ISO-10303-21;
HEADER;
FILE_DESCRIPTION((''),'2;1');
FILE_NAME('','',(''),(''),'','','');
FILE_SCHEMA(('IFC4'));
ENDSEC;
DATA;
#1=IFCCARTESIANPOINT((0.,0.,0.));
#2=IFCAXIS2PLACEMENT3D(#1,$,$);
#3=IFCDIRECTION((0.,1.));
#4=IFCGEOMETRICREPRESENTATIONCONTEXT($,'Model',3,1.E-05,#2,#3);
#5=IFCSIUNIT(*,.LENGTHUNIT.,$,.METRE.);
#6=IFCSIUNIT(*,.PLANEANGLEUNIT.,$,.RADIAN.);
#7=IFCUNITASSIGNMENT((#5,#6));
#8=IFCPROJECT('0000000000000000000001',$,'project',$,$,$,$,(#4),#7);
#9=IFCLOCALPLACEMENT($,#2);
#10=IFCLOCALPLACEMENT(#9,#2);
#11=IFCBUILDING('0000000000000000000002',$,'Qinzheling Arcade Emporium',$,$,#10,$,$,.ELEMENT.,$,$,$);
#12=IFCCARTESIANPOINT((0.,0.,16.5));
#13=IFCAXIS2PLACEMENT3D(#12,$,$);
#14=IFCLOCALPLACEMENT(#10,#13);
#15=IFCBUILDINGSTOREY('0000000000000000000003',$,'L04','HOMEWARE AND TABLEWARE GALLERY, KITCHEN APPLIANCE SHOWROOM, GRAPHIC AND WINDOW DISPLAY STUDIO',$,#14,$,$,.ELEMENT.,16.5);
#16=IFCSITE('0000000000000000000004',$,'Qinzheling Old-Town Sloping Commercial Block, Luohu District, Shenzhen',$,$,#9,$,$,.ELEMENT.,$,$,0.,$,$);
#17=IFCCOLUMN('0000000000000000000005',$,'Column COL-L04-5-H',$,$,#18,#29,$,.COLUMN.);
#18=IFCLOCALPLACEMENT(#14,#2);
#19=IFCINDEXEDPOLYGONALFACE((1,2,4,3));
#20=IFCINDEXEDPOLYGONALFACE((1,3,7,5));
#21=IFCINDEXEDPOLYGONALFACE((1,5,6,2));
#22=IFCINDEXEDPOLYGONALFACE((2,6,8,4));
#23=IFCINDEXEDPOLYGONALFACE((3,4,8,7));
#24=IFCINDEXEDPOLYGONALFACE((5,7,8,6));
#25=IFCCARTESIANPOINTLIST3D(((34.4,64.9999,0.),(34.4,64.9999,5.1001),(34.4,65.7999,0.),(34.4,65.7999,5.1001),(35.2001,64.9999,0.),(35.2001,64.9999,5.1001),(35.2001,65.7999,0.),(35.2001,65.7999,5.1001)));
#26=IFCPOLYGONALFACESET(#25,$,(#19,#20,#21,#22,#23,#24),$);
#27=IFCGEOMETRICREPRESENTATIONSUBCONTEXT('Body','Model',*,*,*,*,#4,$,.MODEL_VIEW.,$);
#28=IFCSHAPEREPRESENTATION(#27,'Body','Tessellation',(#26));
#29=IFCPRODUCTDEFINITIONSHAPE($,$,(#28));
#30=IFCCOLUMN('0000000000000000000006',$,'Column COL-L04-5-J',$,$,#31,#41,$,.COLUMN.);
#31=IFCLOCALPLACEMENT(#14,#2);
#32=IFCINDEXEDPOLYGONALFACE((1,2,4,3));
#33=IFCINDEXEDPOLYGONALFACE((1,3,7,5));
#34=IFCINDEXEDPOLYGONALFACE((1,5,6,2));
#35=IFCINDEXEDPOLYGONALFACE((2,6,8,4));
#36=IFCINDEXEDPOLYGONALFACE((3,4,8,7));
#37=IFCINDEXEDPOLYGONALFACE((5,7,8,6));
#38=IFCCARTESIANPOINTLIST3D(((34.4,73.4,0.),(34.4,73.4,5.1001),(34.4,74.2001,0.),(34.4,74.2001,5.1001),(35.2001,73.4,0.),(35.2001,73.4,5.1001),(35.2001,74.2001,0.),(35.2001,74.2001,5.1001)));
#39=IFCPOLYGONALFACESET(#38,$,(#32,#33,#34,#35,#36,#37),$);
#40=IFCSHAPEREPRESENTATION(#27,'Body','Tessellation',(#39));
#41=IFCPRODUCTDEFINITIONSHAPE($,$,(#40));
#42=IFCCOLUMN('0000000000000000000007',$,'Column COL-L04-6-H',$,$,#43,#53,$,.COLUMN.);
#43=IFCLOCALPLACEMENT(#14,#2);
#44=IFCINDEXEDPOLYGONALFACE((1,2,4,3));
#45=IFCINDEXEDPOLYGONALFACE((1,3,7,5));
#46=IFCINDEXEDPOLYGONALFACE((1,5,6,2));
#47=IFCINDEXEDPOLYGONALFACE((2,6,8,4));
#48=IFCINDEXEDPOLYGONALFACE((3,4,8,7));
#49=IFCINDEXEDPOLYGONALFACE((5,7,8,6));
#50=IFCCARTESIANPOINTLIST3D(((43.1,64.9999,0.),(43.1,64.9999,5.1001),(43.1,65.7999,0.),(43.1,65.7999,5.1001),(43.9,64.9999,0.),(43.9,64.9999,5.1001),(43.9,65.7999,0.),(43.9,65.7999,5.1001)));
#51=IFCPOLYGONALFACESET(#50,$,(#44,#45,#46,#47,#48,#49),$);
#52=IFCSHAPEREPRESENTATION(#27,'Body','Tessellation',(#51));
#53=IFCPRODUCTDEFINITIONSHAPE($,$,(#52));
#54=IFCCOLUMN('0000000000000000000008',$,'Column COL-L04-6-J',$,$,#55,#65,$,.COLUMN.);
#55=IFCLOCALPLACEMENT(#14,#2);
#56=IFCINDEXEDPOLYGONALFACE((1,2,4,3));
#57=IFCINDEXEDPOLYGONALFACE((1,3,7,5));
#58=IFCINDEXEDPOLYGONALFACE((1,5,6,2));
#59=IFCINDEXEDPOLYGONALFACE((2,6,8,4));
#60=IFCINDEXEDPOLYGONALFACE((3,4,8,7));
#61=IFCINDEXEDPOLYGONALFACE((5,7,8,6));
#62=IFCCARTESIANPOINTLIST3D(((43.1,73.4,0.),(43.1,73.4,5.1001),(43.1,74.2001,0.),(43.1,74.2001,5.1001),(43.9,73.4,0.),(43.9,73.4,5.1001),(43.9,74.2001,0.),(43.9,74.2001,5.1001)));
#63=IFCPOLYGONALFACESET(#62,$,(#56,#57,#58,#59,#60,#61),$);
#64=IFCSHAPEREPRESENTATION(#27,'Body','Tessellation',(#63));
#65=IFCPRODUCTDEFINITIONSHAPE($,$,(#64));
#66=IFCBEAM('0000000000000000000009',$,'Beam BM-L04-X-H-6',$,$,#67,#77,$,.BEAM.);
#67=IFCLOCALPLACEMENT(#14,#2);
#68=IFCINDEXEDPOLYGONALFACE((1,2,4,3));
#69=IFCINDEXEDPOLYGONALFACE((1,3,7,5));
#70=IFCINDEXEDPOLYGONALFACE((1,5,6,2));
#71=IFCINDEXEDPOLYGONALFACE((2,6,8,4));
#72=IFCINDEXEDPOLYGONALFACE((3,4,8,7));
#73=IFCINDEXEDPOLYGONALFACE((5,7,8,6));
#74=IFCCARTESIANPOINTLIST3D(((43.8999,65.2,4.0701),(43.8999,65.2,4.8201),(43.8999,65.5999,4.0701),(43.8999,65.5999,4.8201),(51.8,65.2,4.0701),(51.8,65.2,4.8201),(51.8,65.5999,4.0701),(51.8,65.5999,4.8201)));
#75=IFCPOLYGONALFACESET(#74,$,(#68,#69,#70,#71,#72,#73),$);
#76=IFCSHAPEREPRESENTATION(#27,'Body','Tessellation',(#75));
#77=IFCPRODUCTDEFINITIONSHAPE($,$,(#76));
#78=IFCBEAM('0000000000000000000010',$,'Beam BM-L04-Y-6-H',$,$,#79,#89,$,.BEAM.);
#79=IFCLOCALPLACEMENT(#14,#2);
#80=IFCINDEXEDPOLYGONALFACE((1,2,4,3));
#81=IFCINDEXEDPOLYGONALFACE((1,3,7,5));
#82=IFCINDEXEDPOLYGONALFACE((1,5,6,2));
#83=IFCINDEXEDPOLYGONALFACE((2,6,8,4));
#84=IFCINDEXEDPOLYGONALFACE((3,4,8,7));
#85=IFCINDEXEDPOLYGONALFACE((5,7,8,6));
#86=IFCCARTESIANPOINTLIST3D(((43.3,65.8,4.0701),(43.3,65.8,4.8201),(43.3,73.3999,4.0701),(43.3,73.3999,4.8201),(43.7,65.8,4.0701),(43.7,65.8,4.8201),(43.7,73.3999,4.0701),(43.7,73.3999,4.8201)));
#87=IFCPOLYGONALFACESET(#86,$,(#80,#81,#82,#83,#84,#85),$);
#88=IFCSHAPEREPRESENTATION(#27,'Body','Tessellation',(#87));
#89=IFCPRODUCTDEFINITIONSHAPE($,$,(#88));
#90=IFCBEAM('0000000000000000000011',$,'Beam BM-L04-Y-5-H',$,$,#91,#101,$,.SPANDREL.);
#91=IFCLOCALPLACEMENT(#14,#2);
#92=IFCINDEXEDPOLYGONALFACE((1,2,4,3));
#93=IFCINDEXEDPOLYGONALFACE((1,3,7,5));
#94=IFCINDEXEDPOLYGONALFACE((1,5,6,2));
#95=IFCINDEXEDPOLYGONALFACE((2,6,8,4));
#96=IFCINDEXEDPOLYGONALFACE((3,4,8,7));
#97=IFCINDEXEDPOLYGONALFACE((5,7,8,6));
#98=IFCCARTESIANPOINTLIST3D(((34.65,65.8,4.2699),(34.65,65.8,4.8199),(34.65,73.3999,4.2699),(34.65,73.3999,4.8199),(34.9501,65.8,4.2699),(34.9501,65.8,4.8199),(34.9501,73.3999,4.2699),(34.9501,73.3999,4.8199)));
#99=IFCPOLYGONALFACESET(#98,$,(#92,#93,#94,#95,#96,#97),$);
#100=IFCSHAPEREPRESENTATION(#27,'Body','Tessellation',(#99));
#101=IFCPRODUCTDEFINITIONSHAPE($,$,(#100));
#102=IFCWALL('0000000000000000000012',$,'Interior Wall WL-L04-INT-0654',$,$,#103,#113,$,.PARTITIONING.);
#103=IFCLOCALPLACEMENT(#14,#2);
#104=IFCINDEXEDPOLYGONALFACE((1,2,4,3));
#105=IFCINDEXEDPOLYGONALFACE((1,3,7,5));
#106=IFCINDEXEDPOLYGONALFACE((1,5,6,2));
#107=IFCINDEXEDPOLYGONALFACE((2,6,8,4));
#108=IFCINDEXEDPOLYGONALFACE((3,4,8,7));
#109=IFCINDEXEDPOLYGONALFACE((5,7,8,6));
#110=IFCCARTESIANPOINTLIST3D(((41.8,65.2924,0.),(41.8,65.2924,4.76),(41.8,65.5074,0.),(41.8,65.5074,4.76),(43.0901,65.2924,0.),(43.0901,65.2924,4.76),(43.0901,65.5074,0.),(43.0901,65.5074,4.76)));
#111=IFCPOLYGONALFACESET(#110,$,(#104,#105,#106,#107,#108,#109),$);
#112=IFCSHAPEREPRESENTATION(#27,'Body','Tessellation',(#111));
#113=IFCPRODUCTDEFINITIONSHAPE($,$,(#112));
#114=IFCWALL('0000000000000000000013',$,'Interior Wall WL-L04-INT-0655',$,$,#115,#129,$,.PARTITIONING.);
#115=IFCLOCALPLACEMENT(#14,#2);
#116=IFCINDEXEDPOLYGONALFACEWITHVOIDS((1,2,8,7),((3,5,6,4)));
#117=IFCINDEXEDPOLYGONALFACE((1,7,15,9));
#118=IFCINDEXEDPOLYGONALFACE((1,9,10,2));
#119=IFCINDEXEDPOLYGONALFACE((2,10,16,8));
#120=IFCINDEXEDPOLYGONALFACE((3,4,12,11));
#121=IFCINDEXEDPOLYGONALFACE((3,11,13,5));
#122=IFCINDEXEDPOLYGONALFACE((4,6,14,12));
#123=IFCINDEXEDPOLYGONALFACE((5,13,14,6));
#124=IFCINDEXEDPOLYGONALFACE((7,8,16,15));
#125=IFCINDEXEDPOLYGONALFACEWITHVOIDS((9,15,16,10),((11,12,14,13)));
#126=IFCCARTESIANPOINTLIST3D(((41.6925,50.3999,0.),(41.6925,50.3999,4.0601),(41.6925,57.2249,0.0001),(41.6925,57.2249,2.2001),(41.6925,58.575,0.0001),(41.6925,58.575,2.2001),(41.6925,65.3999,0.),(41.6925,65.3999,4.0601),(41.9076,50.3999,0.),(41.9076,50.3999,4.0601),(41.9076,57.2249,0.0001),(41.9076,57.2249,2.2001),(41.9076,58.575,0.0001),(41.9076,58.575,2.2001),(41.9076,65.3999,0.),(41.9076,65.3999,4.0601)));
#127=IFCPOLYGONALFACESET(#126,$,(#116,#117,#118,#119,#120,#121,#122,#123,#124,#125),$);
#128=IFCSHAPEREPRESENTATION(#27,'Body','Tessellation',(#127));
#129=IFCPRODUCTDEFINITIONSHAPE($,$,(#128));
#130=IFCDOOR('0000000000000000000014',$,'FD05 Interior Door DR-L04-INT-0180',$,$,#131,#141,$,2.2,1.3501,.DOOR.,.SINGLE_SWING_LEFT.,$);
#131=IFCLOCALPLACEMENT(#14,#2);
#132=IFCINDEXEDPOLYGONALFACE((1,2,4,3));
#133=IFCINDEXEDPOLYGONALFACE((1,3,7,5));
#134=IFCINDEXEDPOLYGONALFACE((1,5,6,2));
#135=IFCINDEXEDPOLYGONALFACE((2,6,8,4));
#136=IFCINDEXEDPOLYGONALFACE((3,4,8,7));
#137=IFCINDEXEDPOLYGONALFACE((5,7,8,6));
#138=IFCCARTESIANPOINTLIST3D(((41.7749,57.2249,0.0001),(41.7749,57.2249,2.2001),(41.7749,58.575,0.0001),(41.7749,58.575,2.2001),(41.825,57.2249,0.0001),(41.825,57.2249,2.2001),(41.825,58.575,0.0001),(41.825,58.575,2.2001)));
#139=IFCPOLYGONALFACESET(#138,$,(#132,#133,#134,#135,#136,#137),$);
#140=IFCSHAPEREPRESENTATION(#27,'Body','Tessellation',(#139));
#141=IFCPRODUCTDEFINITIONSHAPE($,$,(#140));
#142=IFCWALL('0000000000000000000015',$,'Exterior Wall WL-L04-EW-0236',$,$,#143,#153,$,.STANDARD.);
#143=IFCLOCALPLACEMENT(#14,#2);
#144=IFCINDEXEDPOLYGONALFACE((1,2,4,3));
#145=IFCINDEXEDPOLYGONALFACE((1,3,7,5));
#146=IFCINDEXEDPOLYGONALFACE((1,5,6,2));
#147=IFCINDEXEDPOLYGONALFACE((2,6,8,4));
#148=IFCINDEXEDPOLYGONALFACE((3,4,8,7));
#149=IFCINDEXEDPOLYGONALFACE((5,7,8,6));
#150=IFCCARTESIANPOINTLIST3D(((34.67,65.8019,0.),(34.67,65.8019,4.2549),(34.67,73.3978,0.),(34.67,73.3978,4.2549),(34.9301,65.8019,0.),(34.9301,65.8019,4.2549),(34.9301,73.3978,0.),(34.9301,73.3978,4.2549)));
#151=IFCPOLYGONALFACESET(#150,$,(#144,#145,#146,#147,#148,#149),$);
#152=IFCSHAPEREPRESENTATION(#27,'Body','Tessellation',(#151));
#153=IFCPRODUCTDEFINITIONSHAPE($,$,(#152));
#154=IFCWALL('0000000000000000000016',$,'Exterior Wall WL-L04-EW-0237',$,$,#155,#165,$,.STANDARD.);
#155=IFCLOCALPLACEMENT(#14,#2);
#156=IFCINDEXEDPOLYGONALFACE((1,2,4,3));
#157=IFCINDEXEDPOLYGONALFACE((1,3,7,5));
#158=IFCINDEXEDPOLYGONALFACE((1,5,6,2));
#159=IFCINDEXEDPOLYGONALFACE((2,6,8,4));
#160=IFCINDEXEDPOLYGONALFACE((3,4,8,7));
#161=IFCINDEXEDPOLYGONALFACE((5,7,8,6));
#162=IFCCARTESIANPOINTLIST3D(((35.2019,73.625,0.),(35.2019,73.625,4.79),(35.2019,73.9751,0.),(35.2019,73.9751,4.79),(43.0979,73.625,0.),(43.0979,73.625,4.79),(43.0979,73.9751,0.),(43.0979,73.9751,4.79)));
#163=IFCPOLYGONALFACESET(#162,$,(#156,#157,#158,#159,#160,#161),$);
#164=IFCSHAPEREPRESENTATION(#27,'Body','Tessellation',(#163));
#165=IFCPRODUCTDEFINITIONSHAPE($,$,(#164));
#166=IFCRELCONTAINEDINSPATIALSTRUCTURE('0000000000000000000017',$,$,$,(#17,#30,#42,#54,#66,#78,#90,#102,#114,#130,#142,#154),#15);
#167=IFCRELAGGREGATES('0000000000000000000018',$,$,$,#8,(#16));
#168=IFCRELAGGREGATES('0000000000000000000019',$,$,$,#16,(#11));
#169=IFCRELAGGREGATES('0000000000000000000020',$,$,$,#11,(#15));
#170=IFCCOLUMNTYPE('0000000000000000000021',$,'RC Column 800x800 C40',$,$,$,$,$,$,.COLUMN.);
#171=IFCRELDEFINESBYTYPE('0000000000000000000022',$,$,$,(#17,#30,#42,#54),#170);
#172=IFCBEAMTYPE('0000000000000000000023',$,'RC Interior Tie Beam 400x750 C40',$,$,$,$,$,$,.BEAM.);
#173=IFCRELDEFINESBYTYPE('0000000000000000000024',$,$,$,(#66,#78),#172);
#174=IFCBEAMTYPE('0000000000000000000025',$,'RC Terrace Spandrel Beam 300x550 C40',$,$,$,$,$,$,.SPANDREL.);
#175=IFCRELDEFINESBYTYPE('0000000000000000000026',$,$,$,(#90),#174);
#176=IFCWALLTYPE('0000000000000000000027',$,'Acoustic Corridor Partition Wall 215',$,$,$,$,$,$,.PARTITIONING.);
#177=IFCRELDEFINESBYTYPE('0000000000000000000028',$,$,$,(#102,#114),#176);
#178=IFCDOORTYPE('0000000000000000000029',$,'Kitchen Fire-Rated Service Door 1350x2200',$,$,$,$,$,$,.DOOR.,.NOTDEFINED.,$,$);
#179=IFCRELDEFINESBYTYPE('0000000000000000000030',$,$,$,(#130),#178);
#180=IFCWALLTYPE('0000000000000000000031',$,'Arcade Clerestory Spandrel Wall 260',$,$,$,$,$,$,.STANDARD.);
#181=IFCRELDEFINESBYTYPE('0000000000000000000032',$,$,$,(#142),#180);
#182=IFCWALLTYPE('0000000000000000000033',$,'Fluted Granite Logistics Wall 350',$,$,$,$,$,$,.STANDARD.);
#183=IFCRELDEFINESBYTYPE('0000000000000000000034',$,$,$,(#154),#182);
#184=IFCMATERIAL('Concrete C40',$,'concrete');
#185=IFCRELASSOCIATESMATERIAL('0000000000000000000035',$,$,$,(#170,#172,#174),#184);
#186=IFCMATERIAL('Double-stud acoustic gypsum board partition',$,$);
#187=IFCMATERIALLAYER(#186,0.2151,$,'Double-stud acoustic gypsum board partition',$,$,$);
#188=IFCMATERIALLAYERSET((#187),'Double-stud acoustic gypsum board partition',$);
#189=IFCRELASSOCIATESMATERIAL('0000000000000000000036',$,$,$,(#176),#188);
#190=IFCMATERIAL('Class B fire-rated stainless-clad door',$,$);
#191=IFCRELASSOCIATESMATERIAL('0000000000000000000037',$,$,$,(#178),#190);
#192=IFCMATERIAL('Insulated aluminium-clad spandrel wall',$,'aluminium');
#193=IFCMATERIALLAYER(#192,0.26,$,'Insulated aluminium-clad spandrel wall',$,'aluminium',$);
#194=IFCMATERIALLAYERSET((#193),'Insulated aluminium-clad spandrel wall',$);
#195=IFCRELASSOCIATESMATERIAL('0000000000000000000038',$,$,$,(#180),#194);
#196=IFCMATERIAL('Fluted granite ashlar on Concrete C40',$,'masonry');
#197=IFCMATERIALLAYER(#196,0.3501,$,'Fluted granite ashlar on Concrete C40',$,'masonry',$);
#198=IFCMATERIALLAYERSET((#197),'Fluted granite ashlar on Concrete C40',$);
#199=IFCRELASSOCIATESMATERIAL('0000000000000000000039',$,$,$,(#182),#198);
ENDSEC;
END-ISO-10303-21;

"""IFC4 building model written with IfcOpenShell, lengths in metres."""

from ifc_helpers import new_model, si_unit, direction, frame, frame_2d, origin, origin_2d, place, context, subcontext, project, spatial, rectangle, extrude, material, layer, layer_set, material_profile, profile_set, type_object, element, fill, save


model = new_model("IFC4")

# Units and contexts
model_context = context("Model", 3, precision=1e-05, world=origin(), true_north=direction((0.0, 1.0)))
body_context = subcontext(model_context, "Body", "Model", "MODEL_VIEW")
ifc_project = project(units=[si_unit("LENGTHUNIT", "METRE"), si_unit("PLANEANGLEUNIT", "RADIAN")], contexts=[model_context])

# Site, building, storey
site_placement = place(None, origin())
site = spatial("IfcSite", under=ifc_project, at=site_placement, Name="Qinzheling Old-Town Sloping Commercial Block, Luohu District, Shenzhen", CompositionType="ELEMENT", RefElevation=0.0)
building_placement = place(site_placement, origin())
building = spatial("IfcBuilding", under=site, at=building_placement, Name="Qinzheling Arcade Emporium", CompositionType="ELEMENT")
storey_placement = place(building_placement, frame((0.0, 0.0, 16.5)))
storey = spatial("IfcBuildingStorey", under=building, at=storey_placement, Name="L04", Description="HOMEWARE AND TABLEWARE GALLERY, KITCHEN APPLIANCE SHOWROOM, GRAPHIC AND WINDOW DISPLAY STUDIO", CompositionType="ELEMENT", Elevation=16.5)

# Columns
ifc_material_1 = material(Name="Concrete C40", Category="concrete")
ifc_material_profile_1 = material_profile(ifc_material_1, rectangle(XDim=0.8, YDim=0.8, at=origin_2d()), Name="RC 800x800", Category="concrete")
ifc_profile_set_1 = profile_set([ifc_material_profile_1], Name="Concrete C40")
column_type = type_object("IfcColumnType", Name="RC Column 800x800 C40", PredefinedType="COLUMN", material=ifc_profile_set_1)
for number, where, z_axis, x_axis, name in (
    (1, (34.8, 65.3999, 0.0), (0.0, 0.0, 1.0), (1.0, 0.0, 0.0), "Column COL-L04-5-H"),
    (2, (34.8, 73.8, 0.0), (0.0, 0.0, 1.0), (1.0, 0.0, 0.0), "Column COL-L04-5-J"),
    (3, (43.5, 65.3999, 0.0), (0.0, 0.0, 1.0), (1.0, 0.0, 0.0), "Column COL-L04-6-H"),
    (4, (43.5, 73.8, 0.0), (0.0, 0.0, 1.0), (1.0, 0.0, 0.0), "Column COL-L04-6-J"),
):
    element("IfcColumn", number, at=place(storey_placement, frame(where, z_axis=z_axis, x_axis=x_axis)), inside=storey, type_object=column_type, Name=name, PredefinedType="COLUMN", context=body_context, shape_type="SweptSolid", body=[
        extrude(rectangle(XDim=0.8, YDim=0.8, at=origin_2d()), origin(), (0.0, 0.0, 1.0), 5.1001),
    ])

# Beams
ifc_material_profile_2 = material_profile(ifc_material_1, rectangle(XDim=0.3999, YDim=0.75, at=origin_2d()), Name="RC 400x750", Category="concrete")
ifc_profile_set_2 = profile_set([ifc_material_profile_2], Name="Concrete C40")
beam_type_1 = type_object("IfcBeamType", Name="RC Interior Tie Beam 400x750 C40", PredefinedType="BEAM", material=ifc_profile_set_2)
beam_1_placement = place(storey_placement, frame((43.8999, 65.3999, 4.4451), z_axis=(1.0, 0.0, 0.0), x_axis=(0.0, 1.0, 0.0)))
element("IfcBeam", 5, at=beam_1_placement, inside=storey, type_object=beam_type_1, Name="Beam BM-L04-X-H-6", PredefinedType="BEAM", context=body_context, shape_type="SweptSolid", body=[
    extrude(rectangle(XDim=0.3999, YDim=0.75, at=origin_2d()), origin(), (0.0, 0.0, 1.0), 7.9001),
])
beam_2_placement = place(storey_placement, frame((43.5, 65.8, 4.4451), z_axis=(0.0, 1.0, 0.0), x_axis=(-1.0, 0.0, 0.0)))
element("IfcBeam", 6, at=beam_2_placement, inside=storey, type_object=beam_type_1, Name="Beam BM-L04-Y-6-H", PredefinedType="BEAM", context=body_context, shape_type="SweptSolid", body=[
    extrude(rectangle(XDim=0.3999, YDim=0.75, at=origin_2d()), origin(), (0.0, 0.0, 1.0), 7.5999),
])
ifc_material_profile_3 = material_profile(ifc_material_1, rectangle(XDim=0.3, YDim=0.55, at=origin_2d()), Name="RC 300x550", Category="concrete")
ifc_profile_set_3 = profile_set([ifc_material_profile_3], Name="Concrete C40")
beam_type_2 = type_object("IfcBeamType", Name="RC Terrace Spandrel Beam 300x550 C40", PredefinedType="SPANDREL", material=ifc_profile_set_3)
beam_3_placement = place(storey_placement, frame((34.8, 65.8, 4.5449), z_axis=(0.0, 1.0, 0.0), x_axis=(-1.0, 0.0, 0.0)))
element("IfcBeam", 7, at=beam_3_placement, inside=storey, type_object=beam_type_2, Name="Beam BM-L04-Y-5-H", PredefinedType="SPANDREL", context=body_context, shape_type="SweptSolid", body=[
    extrude(rectangle(XDim=0.3, YDim=0.55, at=origin_2d()), origin(), (0.0, 0.0, 1.0), 7.5999),
])

# Wall
ifc_material_2 = material(Name="Double-stud acoustic gypsum board partition")
ifc_layer_1 = layer(ifc_material_2, 0.2151, Name="Double-stud acoustic gypsum board partition")
ifc_layer_set_1 = layer_set([ifc_layer_1], Name="Double-stud acoustic gypsum board partition")
wall_type_1 = type_object("IfcWallType", Name="Acoustic Corridor Partition Wall 215", PredefinedType="PARTITIONING", material=ifc_layer_set_1)
wall_1_placement = place(storey_placement, frame((43.0901, 65.3999, 0.0), z_axis=(0.0, 0.0, 1.0), x_axis=(-1.0, 0.0, 0.0)))
element("IfcWall", 8, at=wall_1_placement, inside=storey, type_object=wall_type_1, Name="Interior Wall WL-L04-INT-0654", PredefinedType="PARTITIONING", context=body_context, shape_type="SweptSolid", body=[
    extrude(rectangle(XDim=1.29, YDim=0.2151, at=frame_2d((0.645, 0.0))), origin(), (0.0, 0.0, 1.0), 4.76),
])

# Wall, opening, door
wall_2_placement = place(storey_placement, frame((41.8, 65.3999, 0.0), z_axis=(0.0, 0.0, 1.0), x_axis=(0.0, -1.0, 0.0)))
wall_2 = element("IfcWall", 9, at=wall_2_placement, inside=storey, type_object=wall_type_1, Name="Interior Wall WL-L04-INT-0655", PredefinedType="PARTITIONING", context=body_context, shape_type="SweptSolid", body=[
    extrude(rectangle(XDim=15.0, YDim=0.2151, at=frame_2d((7.5, 0.0))), origin(), (0.0, 0.0, 1.0), 4.0601),
])
opening_1_placement = place(wall_2_placement, frame((6.825, 0.0, 0.0)))
opening_1 = element("IfcOpeningElement", 10, at=opening_1_placement, cuts=wall_2, PredefinedType="OPENING", context=body_context, shape_type="SweptSolid", body=[
    extrude(rectangle(XDim=1.3501, YDim=2.2, at=frame_2d((0.675, 1.1001))), frame((0.0, 0.1177, 0.0), z_axis=(0.0, -1.0, 0.0), x_axis=(1.0, 0.0, 0.0)), (0.0, 0.0, 1.0), 0.2351),
])
ifc_material_3 = material(Name="Class B fire-rated stainless-clad door")
door_type_1 = type_object("IfcDoorType", Name="Kitchen Fire-Rated Service Door 1350x2200", OperationType="NOTDEFINED", PredefinedType="DOOR", material=ifc_material_3)
door_1_placement = place(opening_1_placement, origin())
door_1 = element("IfcDoor", 11, at=door_1_placement, inside=storey, type_object=door_type_1, Name="FD05 Interior Door DR-L04-INT-0180", OperationType="SINGLE_SWING_LEFT", OverallHeight=2.2, OverallWidth=1.3501, PredefinedType="DOOR", context=body_context, shape_type="SweptSolid", body=[
    extrude(rectangle(XDim=1.3501, YDim=2.2, at=frame_2d((0.675, 1.1001))), frame((0.0, 0.0249, 0.0), z_axis=(0.0, -1.0, 0.0), x_axis=(1.0, 0.0, 0.0)), (0.0, 0.0, 1.0), 0.05),
])
fill(opening_1, door_1)

# Walls
ifc_material_4 = material(Name="Insulated aluminium-clad spandrel wall", Category="aluminium")
ifc_layer_2 = layer(ifc_material_4, 0.26, Name="Insulated aluminium-clad spandrel wall", Category="aluminium")
ifc_layer_set_2 = layer_set([ifc_layer_2], Name="Insulated aluminium-clad spandrel wall")
wall_type_2 = type_object("IfcWallType", Name="Arcade Clerestory Spandrel Wall 260", PredefinedType="STANDARD", material=ifc_layer_set_2)
wall_3_placement = place(storey_placement, frame((34.8, 65.802, 0.0), z_axis=(0.0, 0.0, 1.0), x_axis=(0.0, 1.0, 0.0)))
element("IfcWall", 12, at=wall_3_placement, inside=storey, type_object=wall_type_2, Name="Exterior Wall WL-L04-EW-0236", PredefinedType="STANDARD", context=body_context, shape_type="SweptSolid", body=[
    extrude(rectangle(XDim=7.5959, YDim=0.26, at=frame_2d((3.7979, 0.0))), origin(), (0.0, 0.0, 1.0), 4.2549),
])
ifc_material_5 = material(Name="Fluted granite ashlar on Concrete C40", Category="masonry")
ifc_layer_3 = layer(ifc_material_5, 0.3501, Name="Fluted granite ashlar on Concrete C40", Category="masonry")
ifc_layer_set_3 = layer_set([ifc_layer_3], Name="Fluted granite ashlar on Concrete C40")
wall_type_3 = type_object("IfcWallType", Name="Fluted Granite Logistics Wall 350", PredefinedType="STANDARD", material=ifc_layer_set_3)
wall_4_placement = place(storey_placement, frame((35.2019, 73.8, 0.0), z_axis=(0.0, 0.0, 1.0), x_axis=(1.0, 0.0, 0.0)))
element("IfcWall", 13, at=wall_4_placement, inside=storey, type_object=wall_type_3, Name="Exterior Wall WL-L04-EW-0237", PredefinedType="STANDARD", context=body_context, shape_type="SweptSolid", body=[
    extrude(rectangle(XDim=7.896, YDim=0.3501, at=frame_2d((3.948, 0.0))), origin(), (0.0, 0.0, 1.0), 4.79),
])

save(model, "model.ifc")
